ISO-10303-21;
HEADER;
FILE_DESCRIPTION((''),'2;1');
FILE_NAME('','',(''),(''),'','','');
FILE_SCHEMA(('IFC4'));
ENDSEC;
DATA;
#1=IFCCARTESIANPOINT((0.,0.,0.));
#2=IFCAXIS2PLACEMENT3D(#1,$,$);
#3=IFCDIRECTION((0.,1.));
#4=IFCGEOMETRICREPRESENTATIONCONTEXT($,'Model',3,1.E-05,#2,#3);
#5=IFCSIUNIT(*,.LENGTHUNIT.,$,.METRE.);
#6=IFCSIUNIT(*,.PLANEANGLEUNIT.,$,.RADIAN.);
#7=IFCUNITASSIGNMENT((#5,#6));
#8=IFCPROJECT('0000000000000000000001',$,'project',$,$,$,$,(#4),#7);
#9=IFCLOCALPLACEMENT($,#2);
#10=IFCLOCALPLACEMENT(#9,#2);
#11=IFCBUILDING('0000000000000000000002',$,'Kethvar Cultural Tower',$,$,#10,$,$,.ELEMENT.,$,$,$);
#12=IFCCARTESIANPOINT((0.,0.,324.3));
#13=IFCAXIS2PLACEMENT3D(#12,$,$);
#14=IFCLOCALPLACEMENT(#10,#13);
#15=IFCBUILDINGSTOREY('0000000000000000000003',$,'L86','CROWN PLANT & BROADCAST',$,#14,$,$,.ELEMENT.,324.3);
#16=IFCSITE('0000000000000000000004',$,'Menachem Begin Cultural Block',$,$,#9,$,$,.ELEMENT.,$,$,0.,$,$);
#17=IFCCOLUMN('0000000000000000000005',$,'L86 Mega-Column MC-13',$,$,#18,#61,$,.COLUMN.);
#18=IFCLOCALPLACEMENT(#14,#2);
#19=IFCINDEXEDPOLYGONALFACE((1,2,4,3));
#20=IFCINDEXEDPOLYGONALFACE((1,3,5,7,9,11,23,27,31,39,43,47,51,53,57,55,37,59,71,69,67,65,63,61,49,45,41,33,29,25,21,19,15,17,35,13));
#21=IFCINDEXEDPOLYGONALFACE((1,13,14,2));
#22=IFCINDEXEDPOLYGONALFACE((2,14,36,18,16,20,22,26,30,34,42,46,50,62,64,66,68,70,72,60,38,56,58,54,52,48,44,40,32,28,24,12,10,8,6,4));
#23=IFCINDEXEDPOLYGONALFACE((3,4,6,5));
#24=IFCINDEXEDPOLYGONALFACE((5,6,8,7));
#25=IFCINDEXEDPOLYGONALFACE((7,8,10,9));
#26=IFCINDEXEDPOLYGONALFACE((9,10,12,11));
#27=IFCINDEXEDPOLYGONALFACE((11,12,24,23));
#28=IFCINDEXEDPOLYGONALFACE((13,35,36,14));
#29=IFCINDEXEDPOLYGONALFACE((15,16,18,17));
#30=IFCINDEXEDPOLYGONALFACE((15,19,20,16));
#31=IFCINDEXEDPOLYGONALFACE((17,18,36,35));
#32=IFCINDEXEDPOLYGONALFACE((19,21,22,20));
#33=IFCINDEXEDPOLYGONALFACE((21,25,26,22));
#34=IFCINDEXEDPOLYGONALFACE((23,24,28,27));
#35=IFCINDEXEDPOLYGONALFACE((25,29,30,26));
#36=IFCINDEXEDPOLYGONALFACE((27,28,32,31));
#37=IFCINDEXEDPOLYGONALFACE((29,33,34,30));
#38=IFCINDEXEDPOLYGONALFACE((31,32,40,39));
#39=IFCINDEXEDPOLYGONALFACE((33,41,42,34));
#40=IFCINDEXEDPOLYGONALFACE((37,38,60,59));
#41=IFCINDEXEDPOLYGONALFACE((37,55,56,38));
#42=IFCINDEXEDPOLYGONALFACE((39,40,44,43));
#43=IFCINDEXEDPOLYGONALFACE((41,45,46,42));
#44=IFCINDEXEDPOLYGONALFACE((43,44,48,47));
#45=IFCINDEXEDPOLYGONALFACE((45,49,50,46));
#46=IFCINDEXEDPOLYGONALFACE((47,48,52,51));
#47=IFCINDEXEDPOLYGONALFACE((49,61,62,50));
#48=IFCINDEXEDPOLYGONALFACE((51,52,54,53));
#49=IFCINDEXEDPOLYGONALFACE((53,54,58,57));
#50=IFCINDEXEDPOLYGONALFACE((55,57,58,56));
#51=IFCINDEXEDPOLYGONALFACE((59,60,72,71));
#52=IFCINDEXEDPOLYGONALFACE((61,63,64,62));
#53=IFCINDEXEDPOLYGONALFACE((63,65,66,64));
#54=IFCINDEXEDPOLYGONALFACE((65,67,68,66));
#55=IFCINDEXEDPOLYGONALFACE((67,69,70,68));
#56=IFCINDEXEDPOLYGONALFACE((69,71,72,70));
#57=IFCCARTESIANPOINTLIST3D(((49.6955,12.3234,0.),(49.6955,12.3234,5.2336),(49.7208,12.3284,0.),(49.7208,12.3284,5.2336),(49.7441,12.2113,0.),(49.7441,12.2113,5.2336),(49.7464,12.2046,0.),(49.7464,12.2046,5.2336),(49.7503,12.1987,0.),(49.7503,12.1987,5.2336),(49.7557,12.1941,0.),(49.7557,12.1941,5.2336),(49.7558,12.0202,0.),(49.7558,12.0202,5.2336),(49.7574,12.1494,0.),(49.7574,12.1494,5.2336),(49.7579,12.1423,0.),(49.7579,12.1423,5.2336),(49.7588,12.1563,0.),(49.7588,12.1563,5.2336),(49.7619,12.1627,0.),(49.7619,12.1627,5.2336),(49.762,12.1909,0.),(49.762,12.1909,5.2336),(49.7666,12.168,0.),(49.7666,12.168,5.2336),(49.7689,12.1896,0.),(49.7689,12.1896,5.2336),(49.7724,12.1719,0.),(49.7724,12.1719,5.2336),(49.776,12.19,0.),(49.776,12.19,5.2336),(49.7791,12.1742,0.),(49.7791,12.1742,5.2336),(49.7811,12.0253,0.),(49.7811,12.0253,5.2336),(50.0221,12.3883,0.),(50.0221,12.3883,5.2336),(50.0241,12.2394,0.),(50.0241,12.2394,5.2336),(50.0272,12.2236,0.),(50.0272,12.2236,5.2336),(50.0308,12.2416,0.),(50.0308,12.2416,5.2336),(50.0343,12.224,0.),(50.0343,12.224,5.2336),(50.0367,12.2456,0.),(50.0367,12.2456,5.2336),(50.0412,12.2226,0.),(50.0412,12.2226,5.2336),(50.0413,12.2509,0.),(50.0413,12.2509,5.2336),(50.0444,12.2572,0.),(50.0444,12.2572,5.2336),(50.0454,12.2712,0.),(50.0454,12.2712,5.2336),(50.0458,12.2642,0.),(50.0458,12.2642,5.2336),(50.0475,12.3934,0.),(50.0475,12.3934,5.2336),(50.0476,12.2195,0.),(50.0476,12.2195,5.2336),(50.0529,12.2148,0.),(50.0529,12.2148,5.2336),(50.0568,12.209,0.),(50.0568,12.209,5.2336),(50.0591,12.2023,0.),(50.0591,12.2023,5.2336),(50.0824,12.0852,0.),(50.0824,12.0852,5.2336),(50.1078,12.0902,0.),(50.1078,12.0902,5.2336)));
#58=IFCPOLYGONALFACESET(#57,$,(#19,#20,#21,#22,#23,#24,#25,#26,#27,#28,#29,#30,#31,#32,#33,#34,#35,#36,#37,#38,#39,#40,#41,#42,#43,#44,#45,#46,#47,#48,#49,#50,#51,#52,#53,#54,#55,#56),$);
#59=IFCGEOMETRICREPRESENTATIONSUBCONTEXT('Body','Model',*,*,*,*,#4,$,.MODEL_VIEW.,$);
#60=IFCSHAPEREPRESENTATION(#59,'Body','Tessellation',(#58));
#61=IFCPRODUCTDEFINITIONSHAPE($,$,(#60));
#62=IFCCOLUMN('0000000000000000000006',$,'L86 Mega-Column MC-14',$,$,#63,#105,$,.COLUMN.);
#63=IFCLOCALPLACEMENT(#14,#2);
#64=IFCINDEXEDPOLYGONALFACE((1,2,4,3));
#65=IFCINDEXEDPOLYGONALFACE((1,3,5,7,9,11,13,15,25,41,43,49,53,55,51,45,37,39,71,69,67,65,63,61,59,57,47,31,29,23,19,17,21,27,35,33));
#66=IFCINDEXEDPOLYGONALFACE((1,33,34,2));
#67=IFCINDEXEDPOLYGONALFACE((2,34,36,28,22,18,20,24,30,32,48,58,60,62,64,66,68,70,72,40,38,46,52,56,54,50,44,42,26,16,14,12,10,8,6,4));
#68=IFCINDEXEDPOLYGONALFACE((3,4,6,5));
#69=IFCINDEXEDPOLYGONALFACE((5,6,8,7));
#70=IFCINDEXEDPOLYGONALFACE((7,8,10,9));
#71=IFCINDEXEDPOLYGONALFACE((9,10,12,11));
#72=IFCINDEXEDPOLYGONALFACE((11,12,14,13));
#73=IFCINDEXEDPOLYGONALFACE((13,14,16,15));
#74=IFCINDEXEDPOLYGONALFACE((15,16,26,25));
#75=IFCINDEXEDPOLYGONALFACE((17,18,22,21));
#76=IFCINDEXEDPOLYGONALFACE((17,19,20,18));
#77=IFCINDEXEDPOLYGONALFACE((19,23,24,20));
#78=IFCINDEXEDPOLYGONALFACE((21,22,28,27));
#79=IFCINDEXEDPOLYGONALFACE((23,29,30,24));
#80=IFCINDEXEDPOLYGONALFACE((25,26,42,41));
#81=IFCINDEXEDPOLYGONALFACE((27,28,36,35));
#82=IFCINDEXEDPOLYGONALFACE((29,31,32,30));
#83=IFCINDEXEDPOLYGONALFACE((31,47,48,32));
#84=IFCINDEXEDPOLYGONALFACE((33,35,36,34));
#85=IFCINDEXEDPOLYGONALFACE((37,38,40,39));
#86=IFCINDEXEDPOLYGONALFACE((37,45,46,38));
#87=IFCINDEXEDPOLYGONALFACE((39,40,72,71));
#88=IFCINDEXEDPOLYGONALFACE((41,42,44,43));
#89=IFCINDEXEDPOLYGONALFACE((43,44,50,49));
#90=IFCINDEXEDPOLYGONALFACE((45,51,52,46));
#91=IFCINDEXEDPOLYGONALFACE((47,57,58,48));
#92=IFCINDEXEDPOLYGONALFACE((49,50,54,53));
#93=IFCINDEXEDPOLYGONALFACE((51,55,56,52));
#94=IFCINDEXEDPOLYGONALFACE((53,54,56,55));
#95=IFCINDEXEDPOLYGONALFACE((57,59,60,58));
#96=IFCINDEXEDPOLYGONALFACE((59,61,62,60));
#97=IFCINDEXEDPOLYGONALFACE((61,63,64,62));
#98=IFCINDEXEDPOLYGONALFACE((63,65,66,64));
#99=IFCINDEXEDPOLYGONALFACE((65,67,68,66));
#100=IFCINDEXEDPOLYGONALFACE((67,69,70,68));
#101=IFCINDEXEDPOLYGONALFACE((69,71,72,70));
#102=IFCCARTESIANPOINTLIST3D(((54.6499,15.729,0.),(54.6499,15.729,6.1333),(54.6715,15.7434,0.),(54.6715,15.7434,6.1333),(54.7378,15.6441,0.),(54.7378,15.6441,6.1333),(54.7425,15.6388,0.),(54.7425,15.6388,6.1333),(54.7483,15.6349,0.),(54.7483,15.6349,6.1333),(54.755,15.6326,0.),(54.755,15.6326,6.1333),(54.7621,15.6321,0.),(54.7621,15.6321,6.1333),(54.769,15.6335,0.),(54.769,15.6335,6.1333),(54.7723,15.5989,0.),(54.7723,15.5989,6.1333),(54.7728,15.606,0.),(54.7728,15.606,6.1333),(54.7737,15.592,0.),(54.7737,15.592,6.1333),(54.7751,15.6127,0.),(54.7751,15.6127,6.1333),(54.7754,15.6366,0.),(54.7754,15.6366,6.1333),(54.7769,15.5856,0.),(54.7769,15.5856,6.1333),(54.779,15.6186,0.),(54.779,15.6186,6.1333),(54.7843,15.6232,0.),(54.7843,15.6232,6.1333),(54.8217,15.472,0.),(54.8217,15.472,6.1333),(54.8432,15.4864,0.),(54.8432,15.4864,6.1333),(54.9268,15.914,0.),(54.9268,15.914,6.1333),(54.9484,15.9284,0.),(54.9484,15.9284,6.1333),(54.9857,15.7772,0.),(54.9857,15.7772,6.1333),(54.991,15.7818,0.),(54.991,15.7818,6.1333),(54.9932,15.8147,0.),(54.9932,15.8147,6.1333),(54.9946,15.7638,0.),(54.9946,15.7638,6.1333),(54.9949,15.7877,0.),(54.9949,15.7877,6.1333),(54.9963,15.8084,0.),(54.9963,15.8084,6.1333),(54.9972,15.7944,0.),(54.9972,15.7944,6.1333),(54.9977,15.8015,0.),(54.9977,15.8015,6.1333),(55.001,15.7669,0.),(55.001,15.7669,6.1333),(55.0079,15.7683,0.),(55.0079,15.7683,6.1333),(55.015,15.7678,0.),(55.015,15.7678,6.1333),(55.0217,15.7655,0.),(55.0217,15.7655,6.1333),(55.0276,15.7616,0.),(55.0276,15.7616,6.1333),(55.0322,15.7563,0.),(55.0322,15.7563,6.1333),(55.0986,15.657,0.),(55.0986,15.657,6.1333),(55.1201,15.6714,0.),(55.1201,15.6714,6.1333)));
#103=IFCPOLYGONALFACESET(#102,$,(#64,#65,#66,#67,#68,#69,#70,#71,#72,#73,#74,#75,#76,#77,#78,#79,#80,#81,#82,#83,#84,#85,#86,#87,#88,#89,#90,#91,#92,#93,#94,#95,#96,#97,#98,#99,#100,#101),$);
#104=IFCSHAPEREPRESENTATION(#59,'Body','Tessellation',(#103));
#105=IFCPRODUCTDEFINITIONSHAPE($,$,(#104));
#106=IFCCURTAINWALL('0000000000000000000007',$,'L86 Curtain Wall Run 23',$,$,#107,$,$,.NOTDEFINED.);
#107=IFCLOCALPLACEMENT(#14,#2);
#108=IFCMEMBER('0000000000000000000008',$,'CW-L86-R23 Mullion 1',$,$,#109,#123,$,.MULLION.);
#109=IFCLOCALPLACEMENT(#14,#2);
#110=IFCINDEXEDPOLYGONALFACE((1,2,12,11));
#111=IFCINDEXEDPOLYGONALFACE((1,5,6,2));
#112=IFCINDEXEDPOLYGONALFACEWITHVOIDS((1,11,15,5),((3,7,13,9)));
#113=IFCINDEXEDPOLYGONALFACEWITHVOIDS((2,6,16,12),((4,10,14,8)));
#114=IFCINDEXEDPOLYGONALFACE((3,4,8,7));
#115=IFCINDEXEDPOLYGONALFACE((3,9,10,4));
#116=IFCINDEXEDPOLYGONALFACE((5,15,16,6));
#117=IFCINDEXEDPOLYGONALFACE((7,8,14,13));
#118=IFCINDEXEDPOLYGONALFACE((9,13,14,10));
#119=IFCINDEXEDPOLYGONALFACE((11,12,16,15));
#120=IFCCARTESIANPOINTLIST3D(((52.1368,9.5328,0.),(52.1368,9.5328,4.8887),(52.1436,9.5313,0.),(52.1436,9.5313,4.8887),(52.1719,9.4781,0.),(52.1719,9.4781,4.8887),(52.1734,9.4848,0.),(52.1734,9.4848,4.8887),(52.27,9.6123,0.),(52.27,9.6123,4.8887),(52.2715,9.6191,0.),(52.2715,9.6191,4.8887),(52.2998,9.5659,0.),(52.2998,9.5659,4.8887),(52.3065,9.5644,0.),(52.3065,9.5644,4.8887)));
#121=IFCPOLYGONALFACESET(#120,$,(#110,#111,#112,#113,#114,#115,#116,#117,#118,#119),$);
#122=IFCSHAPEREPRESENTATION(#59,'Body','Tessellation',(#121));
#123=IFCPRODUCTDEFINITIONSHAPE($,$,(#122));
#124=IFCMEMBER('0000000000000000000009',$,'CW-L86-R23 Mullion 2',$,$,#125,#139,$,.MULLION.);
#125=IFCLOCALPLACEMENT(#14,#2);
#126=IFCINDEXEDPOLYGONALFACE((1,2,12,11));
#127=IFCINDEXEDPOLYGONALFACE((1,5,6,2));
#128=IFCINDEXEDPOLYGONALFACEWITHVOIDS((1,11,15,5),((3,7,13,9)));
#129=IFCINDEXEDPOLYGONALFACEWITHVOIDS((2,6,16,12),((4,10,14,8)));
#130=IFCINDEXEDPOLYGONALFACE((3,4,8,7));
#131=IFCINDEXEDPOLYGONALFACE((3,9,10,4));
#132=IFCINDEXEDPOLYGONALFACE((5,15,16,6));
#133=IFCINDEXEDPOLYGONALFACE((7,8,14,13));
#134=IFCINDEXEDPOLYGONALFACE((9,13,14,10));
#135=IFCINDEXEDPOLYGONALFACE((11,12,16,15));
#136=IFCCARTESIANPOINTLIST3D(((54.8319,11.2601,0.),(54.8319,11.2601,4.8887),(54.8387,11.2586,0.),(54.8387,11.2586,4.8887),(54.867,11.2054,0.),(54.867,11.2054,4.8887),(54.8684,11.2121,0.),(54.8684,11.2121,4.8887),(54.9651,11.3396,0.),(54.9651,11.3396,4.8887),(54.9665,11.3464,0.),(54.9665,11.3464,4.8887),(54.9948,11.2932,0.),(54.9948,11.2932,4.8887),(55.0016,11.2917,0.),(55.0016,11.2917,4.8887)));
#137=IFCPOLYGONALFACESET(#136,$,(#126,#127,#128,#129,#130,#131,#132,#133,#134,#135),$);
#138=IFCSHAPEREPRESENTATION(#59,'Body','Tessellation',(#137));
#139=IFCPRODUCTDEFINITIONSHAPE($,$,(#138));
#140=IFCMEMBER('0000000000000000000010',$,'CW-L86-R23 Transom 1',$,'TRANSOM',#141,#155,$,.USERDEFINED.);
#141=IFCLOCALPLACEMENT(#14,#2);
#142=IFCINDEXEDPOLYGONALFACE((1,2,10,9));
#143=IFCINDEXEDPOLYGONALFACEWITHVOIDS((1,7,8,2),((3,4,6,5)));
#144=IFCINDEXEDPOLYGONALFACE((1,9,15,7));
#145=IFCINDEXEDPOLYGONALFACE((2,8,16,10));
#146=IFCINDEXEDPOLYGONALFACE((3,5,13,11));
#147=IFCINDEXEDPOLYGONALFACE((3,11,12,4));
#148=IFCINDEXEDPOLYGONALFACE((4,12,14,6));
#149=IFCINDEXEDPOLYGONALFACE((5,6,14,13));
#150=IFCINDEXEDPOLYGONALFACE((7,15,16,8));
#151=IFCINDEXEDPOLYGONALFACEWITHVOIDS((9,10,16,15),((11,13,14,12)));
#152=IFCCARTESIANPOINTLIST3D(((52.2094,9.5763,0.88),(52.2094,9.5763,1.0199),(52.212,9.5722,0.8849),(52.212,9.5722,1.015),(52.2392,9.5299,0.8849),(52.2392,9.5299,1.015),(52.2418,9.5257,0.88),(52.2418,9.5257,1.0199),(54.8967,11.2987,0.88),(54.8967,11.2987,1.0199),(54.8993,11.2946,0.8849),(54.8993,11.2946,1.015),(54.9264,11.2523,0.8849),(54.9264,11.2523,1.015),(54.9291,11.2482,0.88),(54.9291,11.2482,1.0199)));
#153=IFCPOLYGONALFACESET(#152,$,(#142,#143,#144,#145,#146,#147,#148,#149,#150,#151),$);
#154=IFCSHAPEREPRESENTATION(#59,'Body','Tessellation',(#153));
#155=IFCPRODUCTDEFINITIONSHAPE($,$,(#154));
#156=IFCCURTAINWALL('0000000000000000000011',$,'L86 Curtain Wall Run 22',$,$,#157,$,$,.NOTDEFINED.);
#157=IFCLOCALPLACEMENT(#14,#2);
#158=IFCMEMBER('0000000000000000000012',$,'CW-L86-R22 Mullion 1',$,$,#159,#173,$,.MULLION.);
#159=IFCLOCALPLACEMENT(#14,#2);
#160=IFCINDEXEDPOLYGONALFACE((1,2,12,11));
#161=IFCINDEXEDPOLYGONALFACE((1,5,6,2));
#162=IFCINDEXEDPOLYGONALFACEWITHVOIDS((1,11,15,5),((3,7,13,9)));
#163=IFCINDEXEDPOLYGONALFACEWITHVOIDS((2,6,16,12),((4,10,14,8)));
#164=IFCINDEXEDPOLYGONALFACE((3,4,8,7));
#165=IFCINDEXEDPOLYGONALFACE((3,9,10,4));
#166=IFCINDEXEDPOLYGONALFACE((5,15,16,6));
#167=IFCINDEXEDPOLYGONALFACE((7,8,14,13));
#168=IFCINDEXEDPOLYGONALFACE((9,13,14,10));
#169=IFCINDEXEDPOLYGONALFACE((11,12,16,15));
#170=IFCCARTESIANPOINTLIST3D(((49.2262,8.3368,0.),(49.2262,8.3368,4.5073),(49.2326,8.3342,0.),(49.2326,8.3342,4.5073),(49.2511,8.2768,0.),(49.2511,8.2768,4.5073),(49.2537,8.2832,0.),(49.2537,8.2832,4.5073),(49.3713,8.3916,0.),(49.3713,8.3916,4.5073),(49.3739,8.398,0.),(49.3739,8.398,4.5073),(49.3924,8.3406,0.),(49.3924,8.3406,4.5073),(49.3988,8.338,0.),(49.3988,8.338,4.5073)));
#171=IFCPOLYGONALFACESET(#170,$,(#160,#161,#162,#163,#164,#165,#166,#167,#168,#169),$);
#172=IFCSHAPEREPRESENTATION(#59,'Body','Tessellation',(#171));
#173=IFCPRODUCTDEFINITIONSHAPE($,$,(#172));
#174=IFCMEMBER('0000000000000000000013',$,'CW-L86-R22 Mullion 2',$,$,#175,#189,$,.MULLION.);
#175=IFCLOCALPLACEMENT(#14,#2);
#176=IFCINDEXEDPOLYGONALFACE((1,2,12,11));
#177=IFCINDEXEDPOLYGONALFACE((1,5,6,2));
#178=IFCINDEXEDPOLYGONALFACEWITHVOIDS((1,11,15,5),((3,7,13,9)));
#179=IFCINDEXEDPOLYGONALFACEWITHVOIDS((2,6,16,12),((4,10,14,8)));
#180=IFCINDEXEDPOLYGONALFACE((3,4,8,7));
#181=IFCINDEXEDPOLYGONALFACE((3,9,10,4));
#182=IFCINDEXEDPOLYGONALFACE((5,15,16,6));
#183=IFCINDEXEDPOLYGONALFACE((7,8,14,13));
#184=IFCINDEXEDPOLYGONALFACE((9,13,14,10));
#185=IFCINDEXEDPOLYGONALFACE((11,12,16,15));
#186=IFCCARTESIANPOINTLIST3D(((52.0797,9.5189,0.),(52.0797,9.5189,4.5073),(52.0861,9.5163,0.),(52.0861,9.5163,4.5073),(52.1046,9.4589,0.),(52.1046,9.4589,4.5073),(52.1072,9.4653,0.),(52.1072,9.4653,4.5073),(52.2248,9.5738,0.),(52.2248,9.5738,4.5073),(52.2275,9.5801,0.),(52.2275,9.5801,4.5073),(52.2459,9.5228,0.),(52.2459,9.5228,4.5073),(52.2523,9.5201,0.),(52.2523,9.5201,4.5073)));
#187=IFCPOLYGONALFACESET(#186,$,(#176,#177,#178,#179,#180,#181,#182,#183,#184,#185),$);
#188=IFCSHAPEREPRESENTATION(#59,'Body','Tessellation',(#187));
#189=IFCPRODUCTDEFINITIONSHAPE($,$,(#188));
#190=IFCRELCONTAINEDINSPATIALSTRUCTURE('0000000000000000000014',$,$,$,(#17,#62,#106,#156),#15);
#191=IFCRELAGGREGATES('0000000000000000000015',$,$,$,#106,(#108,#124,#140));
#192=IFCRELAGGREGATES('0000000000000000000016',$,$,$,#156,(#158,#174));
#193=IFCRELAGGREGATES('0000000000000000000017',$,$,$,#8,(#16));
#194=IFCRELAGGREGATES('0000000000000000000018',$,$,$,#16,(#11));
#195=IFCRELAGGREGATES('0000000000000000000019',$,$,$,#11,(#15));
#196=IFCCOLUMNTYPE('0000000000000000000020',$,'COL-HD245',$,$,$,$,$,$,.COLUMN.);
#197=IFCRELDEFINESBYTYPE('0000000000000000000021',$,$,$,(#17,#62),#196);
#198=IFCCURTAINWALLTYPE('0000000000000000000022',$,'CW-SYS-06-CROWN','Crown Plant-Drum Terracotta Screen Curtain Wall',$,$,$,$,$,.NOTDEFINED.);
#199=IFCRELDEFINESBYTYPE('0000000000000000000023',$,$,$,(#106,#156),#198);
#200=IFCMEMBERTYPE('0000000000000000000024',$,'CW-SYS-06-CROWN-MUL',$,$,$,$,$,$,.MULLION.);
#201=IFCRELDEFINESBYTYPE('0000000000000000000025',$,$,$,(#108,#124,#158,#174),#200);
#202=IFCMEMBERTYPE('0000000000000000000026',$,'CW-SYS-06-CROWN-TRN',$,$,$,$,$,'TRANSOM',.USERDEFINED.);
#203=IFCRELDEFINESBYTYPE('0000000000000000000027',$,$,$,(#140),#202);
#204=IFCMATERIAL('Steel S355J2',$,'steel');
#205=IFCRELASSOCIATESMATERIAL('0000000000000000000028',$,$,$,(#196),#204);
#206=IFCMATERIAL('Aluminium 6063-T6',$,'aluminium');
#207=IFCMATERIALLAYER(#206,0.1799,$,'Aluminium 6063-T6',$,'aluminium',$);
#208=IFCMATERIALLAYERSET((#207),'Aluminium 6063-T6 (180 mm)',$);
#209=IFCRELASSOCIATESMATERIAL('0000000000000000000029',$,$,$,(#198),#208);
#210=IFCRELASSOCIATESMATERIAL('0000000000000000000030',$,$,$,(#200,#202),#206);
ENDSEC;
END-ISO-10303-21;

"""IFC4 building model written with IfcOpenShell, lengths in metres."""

from ifc_helpers import new_model, si_unit, direction, frame, origin, origin_2d, place, context, subcontext, project, spatial, hollow_rectangle, i_section, extrude, source, transform, mapped, material, layer, layer_set, material_profile, profile_set, type_object, element, aggregate, save


model = new_model("IFC4")

# Units and contexts
model_context = context("Model", 3, precision=1e-05, world=origin(), true_north=direction((0.0, 1.0)))
body_context = subcontext(model_context, "Body", "Model", "MODEL_VIEW")
ifc_project = project(units=[si_unit("LENGTHUNIT", "METRE"), si_unit("PLANEANGLEUNIT", "RADIAN")], contexts=[model_context])

# Site, building, storey
site_placement = place(None, origin())
site = spatial("IfcSite", under=ifc_project, at=site_placement, Name="Menachem Begin Cultural Block", CompositionType="ELEMENT", RefElevation=0.0)
building_placement = place(site_placement, origin())
building = spatial("IfcBuilding", under=site, at=building_placement, Name="Kethvar Cultural Tower", CompositionType="ELEMENT")
storey_placement = place(building_placement, frame((0.0, 0.0, 324.3)))
storey = spatial("IfcBuildingStorey", under=building, at=storey_placement, Name="L86", Description="CROWN PLANT & BROADCAST", CompositionType="ELEMENT", Elevation=324.3)

# Columns
ifc_material_1 = material(Name="Steel S355J2", Category="steel")
ifc_material_profile_1 = material_profile(ifc_material_1, i_section(OverallWidth=0.3091, OverallDepth=0.3589, WebThickness=0.0161, FlangeThickness=0.0259, FilletRadius=0.0271, at=origin_2d()), Name="Steel S355J2 — HD320x245")
ifc_profile_set_1 = profile_set([ifc_material_profile_1], Name="Steel S355J2 — HD320x245")
column_type = type_object("IfcColumnType", Name="COL-HD245", PredefinedType="COLUMN", material=ifc_profile_set_1)
shared_shape_1 = source(origin(), body_context, "Body", "SweptSolid", [
    extrude(i_section(OverallWidth=0.3091, OverallDepth=0.3589, WebThickness=0.0161, FlangeThickness=0.0259, FilletRadius=0.0271, at=origin_2d()), origin(), (0.0, 0.0, 1.0), 5.2336),
])
column_1_placement = place(storey_placement, frame((49.9016, 12.2068, 0.0), z_axis=(0.0, 0.0, 1.0), x_axis=(0.19509, -0.980785, 0.0)))
element("IfcColumn", 1, at=column_1_placement, inside=storey, type_object=column_type, Name="L86 Mega-Column MC-13", PredefinedType="COLUMN", context=body_context, shape_type="MappedRepresentation", body=[
    mapped(shared_shape_1, transform((0.0, 0.0, 0.0), scale=1.0)),
])
shared_shape_2 = source(origin(), body_context, "Body", "SweptSolid", [
    extrude(i_section(OverallWidth=0.3091, OverallDepth=0.3589, WebThickness=0.0161, FlangeThickness=0.0259, FilletRadius=0.0271, at=origin_2d()), origin(), (0.0, 0.0, 1.0), 6.1333),
])
column_2_placement = place(storey_placement, frame((54.885, 15.7002, 0.0), z_axis=(0.0, 0.0, 1.0), x_axis=(0.55557, -0.83147, 0.0)))
element("IfcColumn", 2, at=column_2_placement, inside=storey, type_object=column_type, Name="L86 Mega-Column MC-14", PredefinedType="COLUMN", context=body_context, shape_type="MappedRepresentation", body=[
    mapped(shared_shape_2, transform((0.0, 0.0, 0.0), scale=1.0)),
])

# Curtain walls, members
ifc_material_2 = material(Name="Aluminium 6063-T6", Category="aluminium")
ifc_layer_1 = layer(ifc_material_2, 0.1799, Name="Aluminium 6063-T6", Category="aluminium")
ifc_layer_set_1 = layer_set([ifc_layer_1], Name="Aluminium 6063-T6 (180 mm)")
curtain_wall_type = type_object("IfcCurtainWallType", Name="CW-SYS-06-CROWN", Description="Crown Plant-Drum Terracotta Screen Curtain Wall", PredefinedType="NOTDEFINED", material=ifc_layer_set_1)
curtain_wall_1_placement = place(storey_placement, origin())
curtain_wall_1 = element("IfcCurtainWall", 3, at=curtain_wall_1_placement, inside=storey, type_object=curtain_wall_type, Name="L86 Curtain Wall Run 23", PredefinedType="NOTDEFINED")
ifc_material_profile_2 = material_profile(ifc_material_2, hollow_rectangle(XDim=0.0649, YDim=0.1599, WallThickness=0.0049, at=origin_2d()), Name="Aluminium 6063-T6 — RHS160x65x5")
ifc_profile_set_2 = profile_set([ifc_material_profile_2], Name="Aluminium 6063-T6 — RHS160x65x5")
member_type_1 = type_object("IfcMemberType", Name="CW-SYS-06-CROWN-MUL", PredefinedType="MULLION", material=ifc_profile_set_2)
shared_shape_3 = source(origin(), body_context, "Body", "SweptSolid", [
    extrude(hollow_rectangle(XDim=0.0649, YDim=0.1599, WallThickness=0.0049, at=origin_2d()), origin(), (0.0, 0.0, 1.0), 4.8887),
])
member_1_placement = place(storey_placement, frame((52.2217, 9.5486, 0.0), z_axis=(0.0, 0.0, 1.0), x_axis=(-0.539594, 0.841925, 0.0)))
member_1 = element("IfcMember", 4, at=member_1_placement, type_object=member_type_1, Name="CW-L86-R23 Mullion 1", PredefinedType="MULLION", context=body_context, shape_type="MappedRepresentation", body=[
    mapped(shared_shape_3, transform((0.0, 0.0, 0.0), scale=1.0)),
])
member_2_placement = place(storey_placement, frame((54.9167, 11.2759, 0.0), z_axis=(0.0, 0.0, 1.0), x_axis=(-0.539594, 0.841925, 0.0)))
member_2 = element("IfcMember", 5, at=member_2_placement, type_object=member_type_1, Name="CW-L86-R23 Mullion 2", PredefinedType="MULLION", context=body_context, shape_type="MappedRepresentation", body=[
    mapped(shared_shape_3, transform((0.0, 0.0, 0.0), scale=1.0)),
])
ifc_material_profile_3 = material_profile(ifc_material_2, hollow_rectangle(XDim=0.0601, YDim=0.1399, WallThickness=0.0049, at=origin_2d()), Name="Aluminium 6063-T6 — RHS140x60x5")
ifc_profile_set_3 = profile_set([ifc_material_profile_3], Name="Aluminium 6063-T6 — RHS140x60x5")
member_type_2 = type_object("IfcMemberType", Name="CW-SYS-06-CROWN-TRN", ElementType="TRANSOM", PredefinedType="USERDEFINED", material=ifc_profile_set_3)
shared_shape_4 = source(origin(), body_context, "Body", "SweptSolid", [
    extrude(hollow_rectangle(XDim=0.0601, YDim=0.1399, WallThickness=0.0049, at=origin_2d()), origin(), (0.0, 0.0, 1.0), 3.1919),
])
member_3_placement = place(storey_placement, frame((52.2256, 9.551, 0.95), z_axis=(0.841906, 0.539624, 0.0), x_axis=(-0.539624, 0.841906, 0.0)))
member_3 = element("IfcMember", 6, at=member_3_placement, type_object=member_type_2, Name="CW-L86-R23 Transom 1", ObjectType="TRANSOM", PredefinedType="USERDEFINED", context=body_context, shape_type="MappedRepresentation", body=[
    mapped(shared_shape_4, transform((0.0, 0.0, 0.0), scale=1.0)),
])
curtain_wall_2_placement = place(storey_placement, origin())
curtain_wall_2 = element("IfcCurtainWall", 7, at=curtain_wall_2_placement, inside=storey, type_object=curtain_wall_type, Name="L86 Curtain Wall Run 22", PredefinedType="NOTDEFINED")
shared_shape_5 = source(origin(), body_context, "Body", "SweptSolid", [
    extrude(hollow_rectangle(XDim=0.0649, YDim=0.1599, WallThickness=0.0049, at=origin_2d()), origin(), (0.0, 0.0, 1.0), 4.5073),
])
member_4_placement = place(storey_placement, frame((49.3125, 8.3374, 0.0), z_axis=(0.0, 0.0, 1.0), x_axis=(-0.382732, 0.923859, 0.0)))
member_4 = element("IfcMember", 8, at=member_4_placement, type_object=member_type_1, Name="CW-L86-R22 Mullion 1", PredefinedType="MULLION", context=body_context, shape_type="MappedRepresentation", body=[
    mapped(shared_shape_5, transform((0.0, 0.0, 0.0), scale=1.0)),
])
member_5_placement = place(storey_placement, frame((52.166, 9.5195, 0.0), z_axis=(0.0, 0.0, 1.0), x_axis=(-0.382732, 0.923859, 0.0)))
member_5 = element("IfcMember", 9, at=member_5_placement, type_object=member_type_1, Name="CW-L86-R22 Mullion 2", PredefinedType="MULLION", context=body_context, shape_type="MappedRepresentation", body=[
    mapped(shared_shape_5, transform((0.0, 0.0, 0.0), scale=1.0)),
])

aggregate(curtain_wall_1, [member_1, member_2, member_3])
aggregate(curtain_wall_2, [member_4, member_5])

save(model, "model.ifc")
